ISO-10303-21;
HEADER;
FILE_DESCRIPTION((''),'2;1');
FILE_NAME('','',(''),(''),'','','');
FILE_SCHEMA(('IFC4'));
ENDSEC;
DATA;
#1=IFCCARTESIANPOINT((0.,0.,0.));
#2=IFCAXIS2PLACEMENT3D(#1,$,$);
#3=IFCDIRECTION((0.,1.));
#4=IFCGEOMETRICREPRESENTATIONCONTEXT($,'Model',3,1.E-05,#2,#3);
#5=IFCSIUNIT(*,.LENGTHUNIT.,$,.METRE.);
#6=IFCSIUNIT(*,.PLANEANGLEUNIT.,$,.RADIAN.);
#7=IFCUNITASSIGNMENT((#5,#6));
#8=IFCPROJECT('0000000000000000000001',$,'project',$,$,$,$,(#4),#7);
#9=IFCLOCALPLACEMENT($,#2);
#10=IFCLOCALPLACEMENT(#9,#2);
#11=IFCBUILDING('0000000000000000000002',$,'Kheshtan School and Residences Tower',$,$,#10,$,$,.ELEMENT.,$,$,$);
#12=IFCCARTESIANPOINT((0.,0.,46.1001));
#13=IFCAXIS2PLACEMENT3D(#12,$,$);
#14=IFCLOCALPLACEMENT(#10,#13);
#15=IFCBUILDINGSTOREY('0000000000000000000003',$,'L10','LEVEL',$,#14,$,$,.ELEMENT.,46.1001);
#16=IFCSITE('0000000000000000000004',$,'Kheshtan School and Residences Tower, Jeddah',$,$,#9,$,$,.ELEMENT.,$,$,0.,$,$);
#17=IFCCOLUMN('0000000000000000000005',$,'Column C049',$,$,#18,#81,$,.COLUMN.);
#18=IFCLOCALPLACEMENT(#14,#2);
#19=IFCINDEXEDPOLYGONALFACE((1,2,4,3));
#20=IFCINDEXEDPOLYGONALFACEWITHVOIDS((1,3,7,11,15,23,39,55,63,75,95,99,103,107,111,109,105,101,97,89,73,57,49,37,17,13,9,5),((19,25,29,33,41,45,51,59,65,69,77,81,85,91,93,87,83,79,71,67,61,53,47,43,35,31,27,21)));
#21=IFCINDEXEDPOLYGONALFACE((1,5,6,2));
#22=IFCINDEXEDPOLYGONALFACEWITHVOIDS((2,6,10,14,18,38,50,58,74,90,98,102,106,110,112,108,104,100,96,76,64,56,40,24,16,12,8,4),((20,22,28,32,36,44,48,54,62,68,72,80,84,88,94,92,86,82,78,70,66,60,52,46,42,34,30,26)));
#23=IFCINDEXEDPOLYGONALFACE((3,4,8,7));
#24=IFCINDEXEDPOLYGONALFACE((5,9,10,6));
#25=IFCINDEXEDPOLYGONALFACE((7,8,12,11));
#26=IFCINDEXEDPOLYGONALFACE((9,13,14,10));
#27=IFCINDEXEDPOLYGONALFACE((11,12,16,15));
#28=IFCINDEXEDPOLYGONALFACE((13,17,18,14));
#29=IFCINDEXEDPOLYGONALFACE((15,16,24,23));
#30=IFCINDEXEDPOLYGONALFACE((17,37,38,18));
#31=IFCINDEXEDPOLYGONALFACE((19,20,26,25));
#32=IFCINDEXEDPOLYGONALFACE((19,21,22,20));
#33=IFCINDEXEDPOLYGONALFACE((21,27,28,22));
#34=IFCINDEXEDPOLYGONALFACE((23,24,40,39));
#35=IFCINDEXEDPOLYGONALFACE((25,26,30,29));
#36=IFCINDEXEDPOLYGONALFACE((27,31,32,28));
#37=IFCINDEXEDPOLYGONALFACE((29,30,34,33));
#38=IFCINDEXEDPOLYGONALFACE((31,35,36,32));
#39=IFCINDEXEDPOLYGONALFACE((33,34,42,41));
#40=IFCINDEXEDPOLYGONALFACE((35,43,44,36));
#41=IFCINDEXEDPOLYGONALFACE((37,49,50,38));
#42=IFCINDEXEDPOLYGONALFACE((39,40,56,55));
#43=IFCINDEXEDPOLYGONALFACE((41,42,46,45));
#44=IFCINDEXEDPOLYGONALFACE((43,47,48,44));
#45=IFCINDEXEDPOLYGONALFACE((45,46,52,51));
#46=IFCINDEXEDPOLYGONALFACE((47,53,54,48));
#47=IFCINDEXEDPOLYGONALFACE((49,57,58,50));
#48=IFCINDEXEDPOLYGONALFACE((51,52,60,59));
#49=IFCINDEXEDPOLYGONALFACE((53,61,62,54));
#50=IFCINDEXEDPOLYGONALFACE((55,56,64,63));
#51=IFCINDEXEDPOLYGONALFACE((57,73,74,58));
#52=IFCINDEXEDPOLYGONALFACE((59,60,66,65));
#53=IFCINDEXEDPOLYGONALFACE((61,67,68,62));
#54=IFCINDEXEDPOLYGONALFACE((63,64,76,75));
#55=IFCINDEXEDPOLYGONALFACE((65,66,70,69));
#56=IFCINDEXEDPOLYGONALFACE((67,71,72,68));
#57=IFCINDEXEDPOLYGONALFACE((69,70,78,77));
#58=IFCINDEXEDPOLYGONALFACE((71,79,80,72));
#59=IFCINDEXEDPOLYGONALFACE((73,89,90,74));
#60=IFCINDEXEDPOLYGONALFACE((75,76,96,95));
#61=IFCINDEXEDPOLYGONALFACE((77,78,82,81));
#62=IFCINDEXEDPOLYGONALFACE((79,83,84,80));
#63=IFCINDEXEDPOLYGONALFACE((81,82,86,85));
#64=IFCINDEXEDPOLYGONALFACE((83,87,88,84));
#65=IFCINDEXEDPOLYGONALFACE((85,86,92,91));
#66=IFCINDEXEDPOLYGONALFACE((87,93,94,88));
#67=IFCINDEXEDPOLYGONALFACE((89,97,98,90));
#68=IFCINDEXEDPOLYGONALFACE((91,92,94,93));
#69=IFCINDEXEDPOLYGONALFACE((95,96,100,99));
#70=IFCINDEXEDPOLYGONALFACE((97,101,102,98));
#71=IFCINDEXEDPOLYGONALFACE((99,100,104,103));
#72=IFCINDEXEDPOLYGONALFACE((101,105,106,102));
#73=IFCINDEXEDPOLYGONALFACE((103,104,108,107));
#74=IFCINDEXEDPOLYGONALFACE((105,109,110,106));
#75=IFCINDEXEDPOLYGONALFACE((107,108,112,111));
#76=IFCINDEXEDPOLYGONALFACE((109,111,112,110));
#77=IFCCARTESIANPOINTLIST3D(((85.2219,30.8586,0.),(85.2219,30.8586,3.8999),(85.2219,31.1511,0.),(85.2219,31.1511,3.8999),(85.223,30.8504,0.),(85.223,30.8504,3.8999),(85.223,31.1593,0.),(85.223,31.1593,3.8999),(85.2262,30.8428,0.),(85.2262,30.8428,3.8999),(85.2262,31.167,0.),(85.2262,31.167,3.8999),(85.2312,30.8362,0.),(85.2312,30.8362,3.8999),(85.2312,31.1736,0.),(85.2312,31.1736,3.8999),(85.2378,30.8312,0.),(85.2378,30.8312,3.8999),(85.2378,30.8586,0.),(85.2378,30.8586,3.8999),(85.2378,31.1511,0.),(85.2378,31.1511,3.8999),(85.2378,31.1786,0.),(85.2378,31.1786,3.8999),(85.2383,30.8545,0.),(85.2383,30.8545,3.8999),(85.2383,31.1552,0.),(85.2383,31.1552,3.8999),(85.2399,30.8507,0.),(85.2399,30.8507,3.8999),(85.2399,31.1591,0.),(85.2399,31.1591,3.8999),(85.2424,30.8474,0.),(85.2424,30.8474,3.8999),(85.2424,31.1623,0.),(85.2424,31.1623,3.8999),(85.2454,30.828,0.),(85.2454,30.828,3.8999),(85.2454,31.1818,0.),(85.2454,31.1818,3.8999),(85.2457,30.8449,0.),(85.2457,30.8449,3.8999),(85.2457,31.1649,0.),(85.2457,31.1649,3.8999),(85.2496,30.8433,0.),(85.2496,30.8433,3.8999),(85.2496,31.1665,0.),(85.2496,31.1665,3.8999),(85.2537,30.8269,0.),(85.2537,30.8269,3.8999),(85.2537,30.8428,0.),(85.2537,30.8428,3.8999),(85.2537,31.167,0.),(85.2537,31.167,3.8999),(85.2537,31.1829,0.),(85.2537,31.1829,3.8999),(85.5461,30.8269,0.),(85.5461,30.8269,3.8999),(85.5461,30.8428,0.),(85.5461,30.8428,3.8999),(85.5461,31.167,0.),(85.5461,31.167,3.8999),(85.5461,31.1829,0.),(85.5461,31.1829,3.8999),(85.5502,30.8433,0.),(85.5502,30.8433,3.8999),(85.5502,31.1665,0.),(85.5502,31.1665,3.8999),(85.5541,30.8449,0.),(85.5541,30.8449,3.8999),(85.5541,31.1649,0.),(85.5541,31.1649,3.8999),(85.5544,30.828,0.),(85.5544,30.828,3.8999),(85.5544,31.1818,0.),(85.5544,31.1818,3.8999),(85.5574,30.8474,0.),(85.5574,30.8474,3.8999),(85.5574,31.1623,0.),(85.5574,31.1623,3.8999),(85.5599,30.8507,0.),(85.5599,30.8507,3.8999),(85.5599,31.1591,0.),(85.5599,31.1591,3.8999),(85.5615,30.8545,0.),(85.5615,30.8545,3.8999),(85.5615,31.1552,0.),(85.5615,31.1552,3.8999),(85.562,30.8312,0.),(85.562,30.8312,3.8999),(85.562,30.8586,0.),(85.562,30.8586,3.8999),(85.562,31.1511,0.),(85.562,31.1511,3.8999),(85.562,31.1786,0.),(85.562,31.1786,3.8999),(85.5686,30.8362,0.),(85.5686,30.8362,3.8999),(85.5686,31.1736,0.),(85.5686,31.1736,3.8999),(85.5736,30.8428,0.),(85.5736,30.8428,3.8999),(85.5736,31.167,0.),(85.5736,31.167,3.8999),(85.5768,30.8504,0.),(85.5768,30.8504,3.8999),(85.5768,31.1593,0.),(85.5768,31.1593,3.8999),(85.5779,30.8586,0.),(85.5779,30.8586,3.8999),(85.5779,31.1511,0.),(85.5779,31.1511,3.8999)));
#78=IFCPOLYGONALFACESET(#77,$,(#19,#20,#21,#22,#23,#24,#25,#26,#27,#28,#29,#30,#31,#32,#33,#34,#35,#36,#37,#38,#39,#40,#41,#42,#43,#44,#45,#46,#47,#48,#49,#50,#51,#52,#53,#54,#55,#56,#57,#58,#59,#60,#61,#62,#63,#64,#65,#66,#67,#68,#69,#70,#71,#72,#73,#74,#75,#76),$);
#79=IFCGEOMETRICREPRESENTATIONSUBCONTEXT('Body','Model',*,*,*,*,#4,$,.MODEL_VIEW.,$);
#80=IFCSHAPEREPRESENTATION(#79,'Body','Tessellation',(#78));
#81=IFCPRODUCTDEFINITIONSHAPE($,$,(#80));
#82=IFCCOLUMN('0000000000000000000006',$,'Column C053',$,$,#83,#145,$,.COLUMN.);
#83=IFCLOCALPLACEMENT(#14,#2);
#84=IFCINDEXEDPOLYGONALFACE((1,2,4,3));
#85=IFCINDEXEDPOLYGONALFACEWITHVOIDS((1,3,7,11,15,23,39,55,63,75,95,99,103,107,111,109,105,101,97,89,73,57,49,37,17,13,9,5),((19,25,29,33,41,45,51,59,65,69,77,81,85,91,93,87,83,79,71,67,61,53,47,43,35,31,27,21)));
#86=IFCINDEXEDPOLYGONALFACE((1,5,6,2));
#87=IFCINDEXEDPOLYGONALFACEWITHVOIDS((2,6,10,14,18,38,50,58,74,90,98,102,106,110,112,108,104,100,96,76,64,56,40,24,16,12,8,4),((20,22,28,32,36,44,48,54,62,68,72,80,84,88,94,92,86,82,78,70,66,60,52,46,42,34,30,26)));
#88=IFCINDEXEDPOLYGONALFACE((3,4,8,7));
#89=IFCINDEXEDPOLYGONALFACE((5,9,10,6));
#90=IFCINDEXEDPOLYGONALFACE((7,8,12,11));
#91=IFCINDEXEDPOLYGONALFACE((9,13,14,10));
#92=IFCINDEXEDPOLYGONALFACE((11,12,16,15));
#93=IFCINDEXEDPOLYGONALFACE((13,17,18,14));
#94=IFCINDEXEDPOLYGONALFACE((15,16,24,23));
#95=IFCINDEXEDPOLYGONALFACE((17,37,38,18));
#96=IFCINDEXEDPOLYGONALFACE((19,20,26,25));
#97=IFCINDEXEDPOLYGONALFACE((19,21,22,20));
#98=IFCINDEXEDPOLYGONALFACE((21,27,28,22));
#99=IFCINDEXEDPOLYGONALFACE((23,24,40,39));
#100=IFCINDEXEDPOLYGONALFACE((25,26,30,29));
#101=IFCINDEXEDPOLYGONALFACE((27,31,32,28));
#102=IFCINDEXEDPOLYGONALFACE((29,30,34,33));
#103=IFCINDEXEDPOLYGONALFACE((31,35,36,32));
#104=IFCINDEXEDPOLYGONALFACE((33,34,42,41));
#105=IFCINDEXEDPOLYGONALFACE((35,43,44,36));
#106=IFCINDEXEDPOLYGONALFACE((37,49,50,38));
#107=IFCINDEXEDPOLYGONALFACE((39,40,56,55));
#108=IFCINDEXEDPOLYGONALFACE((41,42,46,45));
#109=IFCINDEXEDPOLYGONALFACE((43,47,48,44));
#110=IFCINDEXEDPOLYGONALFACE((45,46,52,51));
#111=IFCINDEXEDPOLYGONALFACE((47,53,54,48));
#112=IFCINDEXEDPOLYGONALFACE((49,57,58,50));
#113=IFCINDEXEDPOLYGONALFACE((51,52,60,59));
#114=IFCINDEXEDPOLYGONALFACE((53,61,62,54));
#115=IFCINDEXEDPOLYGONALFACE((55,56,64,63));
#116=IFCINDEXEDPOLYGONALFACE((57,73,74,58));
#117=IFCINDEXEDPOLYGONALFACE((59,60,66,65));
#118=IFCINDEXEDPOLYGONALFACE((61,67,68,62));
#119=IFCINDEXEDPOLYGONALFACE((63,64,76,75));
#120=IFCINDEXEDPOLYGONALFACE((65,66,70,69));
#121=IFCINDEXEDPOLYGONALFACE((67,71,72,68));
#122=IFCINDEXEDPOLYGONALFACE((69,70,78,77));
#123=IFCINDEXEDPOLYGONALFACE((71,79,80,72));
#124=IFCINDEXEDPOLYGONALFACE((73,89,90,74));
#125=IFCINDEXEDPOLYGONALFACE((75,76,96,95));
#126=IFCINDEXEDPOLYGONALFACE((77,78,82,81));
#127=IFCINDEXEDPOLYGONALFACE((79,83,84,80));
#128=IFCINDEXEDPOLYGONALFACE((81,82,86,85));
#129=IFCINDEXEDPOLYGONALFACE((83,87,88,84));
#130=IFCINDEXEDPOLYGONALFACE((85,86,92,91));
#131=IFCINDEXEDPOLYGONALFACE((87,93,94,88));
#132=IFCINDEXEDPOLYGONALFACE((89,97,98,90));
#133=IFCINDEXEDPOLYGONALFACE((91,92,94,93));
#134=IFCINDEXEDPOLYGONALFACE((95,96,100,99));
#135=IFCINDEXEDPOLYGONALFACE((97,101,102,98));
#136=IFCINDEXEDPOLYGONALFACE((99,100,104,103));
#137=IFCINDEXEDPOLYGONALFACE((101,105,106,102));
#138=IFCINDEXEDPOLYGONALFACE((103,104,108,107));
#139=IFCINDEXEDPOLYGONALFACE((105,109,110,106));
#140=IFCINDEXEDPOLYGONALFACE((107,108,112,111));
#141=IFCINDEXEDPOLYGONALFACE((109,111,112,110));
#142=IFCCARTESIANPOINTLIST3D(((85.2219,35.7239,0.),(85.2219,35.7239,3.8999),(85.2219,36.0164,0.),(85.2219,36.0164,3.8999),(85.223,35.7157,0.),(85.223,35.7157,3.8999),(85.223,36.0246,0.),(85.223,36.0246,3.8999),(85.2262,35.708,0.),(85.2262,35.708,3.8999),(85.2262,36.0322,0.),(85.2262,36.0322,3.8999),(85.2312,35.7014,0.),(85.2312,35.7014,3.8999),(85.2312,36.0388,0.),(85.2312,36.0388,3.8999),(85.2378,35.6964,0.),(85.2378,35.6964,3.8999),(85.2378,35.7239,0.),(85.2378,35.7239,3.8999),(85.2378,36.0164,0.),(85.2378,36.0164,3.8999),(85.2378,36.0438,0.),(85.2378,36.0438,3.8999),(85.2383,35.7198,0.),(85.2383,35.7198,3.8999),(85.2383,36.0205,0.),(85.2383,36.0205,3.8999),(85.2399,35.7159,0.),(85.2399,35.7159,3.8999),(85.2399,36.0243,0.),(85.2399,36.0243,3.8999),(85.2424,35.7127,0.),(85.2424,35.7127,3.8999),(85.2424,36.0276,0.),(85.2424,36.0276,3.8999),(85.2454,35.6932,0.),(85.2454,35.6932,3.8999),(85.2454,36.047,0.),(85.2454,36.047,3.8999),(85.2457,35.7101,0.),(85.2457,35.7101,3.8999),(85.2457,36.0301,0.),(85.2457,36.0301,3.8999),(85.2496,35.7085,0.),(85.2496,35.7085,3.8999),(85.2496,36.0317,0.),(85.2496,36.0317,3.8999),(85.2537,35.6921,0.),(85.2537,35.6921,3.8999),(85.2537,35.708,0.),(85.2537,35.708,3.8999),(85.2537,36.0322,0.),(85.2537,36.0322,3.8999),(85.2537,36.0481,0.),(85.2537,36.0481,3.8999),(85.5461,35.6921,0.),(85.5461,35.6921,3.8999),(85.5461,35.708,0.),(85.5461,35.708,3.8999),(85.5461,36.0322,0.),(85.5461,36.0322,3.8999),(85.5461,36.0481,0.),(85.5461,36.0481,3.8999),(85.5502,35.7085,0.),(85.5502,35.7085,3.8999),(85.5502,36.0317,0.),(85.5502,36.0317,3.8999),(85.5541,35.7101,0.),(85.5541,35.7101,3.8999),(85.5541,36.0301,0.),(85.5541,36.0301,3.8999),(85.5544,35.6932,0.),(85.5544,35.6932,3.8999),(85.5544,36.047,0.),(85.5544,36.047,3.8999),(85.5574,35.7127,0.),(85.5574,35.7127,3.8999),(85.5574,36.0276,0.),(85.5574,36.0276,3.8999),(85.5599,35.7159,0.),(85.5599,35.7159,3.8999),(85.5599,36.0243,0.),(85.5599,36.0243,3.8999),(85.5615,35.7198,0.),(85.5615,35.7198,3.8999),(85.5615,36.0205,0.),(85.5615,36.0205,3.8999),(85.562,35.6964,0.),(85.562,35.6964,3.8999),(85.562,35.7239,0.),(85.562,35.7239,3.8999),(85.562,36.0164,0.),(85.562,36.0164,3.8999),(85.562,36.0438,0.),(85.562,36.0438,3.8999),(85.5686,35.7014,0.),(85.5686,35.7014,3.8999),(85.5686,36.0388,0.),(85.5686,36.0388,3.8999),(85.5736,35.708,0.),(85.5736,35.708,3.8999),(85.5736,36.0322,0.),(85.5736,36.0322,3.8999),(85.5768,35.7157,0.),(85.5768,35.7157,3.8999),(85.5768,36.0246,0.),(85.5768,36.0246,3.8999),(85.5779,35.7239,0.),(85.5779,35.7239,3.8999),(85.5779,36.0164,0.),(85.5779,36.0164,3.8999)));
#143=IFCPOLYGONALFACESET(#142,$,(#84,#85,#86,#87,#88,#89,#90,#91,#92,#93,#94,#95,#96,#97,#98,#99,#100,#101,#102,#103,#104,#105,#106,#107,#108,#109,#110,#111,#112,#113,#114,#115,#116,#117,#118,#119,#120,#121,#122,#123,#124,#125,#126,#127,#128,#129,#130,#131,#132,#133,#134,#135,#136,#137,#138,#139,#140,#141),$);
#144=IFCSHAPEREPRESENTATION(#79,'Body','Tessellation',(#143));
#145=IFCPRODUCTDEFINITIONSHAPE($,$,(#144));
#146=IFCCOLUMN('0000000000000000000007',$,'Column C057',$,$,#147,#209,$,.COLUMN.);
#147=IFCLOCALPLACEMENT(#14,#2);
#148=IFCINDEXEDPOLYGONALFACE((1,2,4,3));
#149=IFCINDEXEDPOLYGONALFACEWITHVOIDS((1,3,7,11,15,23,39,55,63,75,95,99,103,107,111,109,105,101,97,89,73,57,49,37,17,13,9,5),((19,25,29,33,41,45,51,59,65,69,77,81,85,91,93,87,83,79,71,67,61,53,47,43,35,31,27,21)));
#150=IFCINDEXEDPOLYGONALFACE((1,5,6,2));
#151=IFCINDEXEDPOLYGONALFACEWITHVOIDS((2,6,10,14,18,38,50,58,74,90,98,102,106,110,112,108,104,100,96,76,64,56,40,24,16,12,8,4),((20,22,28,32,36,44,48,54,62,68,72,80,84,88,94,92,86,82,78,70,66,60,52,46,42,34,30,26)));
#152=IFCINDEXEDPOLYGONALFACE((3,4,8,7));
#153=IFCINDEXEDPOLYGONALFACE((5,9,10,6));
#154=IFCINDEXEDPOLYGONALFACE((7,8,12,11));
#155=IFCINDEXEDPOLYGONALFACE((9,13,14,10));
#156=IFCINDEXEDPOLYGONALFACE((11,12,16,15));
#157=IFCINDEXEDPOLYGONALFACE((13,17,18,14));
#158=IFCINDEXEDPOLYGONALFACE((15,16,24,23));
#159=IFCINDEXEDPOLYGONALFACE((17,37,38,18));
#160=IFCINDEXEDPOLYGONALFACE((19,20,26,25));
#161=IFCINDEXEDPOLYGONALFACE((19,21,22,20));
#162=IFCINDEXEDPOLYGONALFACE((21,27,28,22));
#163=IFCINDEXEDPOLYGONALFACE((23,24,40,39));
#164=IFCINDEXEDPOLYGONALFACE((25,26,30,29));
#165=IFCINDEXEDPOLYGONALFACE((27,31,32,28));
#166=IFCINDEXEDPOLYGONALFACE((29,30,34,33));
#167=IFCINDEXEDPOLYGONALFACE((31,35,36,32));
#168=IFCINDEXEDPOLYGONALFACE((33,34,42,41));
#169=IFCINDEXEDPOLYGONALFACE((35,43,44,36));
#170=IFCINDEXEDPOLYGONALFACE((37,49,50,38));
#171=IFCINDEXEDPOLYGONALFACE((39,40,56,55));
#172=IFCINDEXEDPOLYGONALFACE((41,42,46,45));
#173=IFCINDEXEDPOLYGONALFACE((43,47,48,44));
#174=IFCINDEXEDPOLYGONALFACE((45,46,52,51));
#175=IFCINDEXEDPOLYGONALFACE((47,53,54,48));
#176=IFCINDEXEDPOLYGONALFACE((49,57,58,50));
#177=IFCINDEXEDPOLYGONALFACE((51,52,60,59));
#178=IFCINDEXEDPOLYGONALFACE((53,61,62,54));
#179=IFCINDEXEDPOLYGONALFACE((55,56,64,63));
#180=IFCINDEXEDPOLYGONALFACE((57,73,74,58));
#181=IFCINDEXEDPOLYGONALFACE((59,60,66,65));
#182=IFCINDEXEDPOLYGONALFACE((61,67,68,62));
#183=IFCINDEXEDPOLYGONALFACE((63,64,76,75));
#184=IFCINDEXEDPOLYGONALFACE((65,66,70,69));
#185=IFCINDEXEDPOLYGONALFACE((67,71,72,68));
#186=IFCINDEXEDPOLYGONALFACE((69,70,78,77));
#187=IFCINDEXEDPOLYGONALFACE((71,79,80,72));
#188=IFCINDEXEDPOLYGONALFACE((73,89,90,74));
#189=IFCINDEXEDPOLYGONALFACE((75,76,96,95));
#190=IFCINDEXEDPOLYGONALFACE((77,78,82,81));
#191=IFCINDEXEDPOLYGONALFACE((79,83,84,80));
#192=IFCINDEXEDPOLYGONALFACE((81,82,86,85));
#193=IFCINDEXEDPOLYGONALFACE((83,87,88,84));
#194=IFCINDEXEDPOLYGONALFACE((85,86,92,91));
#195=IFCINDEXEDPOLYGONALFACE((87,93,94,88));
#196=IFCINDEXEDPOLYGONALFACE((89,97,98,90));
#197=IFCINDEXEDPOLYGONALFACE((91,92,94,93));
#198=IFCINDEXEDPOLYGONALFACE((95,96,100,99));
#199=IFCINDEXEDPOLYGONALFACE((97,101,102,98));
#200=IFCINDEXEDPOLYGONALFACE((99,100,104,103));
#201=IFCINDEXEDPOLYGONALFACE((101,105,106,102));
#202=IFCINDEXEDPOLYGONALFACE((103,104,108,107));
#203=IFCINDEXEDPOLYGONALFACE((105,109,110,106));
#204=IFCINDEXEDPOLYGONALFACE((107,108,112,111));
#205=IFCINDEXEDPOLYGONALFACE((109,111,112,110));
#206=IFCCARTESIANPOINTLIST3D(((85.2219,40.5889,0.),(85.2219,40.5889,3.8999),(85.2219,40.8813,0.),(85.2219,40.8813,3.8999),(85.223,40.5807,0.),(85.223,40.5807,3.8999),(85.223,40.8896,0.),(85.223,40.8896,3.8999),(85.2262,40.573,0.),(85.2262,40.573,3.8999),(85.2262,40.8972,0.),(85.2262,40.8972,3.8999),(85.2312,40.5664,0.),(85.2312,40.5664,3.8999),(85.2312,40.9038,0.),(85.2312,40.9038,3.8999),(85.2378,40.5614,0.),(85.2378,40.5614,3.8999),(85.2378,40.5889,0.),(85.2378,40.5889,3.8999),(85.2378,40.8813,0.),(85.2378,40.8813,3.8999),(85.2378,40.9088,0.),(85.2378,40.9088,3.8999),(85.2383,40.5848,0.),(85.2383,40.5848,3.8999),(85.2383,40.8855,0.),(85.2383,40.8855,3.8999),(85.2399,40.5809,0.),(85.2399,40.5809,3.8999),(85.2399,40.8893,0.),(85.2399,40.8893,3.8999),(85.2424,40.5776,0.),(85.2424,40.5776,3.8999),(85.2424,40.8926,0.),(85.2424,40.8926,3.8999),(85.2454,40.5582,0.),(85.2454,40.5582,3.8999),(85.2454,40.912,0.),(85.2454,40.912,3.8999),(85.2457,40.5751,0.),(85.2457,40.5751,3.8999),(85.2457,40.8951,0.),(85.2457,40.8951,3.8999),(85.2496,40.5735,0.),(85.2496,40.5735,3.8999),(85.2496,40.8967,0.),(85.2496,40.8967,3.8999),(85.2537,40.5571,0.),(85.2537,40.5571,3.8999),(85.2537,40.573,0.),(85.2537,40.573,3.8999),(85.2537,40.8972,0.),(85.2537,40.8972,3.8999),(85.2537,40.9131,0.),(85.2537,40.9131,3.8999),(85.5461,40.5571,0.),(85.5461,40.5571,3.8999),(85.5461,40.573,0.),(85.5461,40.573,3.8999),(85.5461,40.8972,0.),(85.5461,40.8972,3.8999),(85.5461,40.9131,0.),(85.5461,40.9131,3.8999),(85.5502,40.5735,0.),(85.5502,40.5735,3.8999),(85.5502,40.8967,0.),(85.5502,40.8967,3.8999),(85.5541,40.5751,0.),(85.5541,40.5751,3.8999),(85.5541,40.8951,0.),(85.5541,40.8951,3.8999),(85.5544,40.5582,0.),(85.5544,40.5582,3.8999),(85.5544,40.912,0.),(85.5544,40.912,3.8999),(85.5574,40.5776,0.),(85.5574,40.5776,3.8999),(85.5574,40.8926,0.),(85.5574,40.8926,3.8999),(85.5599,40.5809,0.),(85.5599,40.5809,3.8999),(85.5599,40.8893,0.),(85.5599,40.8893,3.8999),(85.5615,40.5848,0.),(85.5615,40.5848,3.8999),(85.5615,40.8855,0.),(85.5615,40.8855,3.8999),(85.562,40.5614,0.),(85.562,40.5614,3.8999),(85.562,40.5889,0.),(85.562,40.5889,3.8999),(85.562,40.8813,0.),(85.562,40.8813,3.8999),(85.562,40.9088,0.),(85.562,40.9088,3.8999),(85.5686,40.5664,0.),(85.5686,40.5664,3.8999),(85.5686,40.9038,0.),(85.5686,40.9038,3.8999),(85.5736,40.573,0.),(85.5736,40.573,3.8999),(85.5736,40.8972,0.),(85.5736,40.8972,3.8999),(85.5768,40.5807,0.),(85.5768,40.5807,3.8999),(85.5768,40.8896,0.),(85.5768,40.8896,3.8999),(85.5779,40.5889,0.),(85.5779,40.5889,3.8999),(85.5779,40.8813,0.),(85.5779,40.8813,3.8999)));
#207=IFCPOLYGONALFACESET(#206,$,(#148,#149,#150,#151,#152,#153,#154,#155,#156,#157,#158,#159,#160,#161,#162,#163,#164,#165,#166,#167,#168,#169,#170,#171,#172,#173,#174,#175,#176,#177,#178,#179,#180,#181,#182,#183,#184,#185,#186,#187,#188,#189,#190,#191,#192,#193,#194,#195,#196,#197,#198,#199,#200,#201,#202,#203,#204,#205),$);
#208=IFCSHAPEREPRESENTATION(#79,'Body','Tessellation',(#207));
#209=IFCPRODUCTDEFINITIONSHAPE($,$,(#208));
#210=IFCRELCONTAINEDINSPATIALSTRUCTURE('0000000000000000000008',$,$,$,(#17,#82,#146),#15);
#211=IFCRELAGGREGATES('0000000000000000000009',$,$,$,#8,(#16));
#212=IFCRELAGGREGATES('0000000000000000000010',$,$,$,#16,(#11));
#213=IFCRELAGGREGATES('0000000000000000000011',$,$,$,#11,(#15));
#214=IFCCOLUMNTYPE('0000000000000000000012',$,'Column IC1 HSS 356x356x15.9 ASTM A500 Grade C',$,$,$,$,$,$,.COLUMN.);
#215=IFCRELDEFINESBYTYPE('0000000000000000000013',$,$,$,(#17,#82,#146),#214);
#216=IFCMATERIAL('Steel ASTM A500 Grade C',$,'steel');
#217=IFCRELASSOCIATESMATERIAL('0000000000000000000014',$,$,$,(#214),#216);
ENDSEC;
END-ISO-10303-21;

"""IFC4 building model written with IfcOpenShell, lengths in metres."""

from ifc_helpers import new_model, si_unit, direction, frame, origin, origin_2d, place, context, subcontext, project, spatial, hollow_rectangle, extrude, material, material_profile, profile_set, type_object, element, save


model = new_model("IFC4")

# Units and contexts
model_context = context("Model", 3, precision=1e-05, world=origin(), true_north=direction((0.0, 1.0)))
body_context = subcontext(model_context, "Body", "Model", "MODEL_VIEW")
ifc_project = project(units=[si_unit("LENGTHUNIT", "METRE"), si_unit("PLANEANGLEUNIT", "RADIAN")], contexts=[model_context])

# Site, building, storey
site_placement = place(None, origin())
site = spatial("IfcSite", under=ifc_project, at=site_placement, Name="Kheshtan School and Residences Tower, Jeddah", CompositionType="ELEMENT", RefElevation=0.0)
building_placement = place(site_placement, origin())
building = spatial("IfcBuilding", under=site, at=building_placement, Name="Kheshtan School and Residences Tower", CompositionType="ELEMENT")
storey_placement = place(building_placement, frame((0.0, 0.0, 46.1001)))
storey = spatial("IfcBuildingStorey", under=building, at=storey_placement, Name="L10", Description="LEVEL", CompositionType="ELEMENT", Elevation=46.1001)

# Columns
ifc_material_1 = material(Name="Steel ASTM A500 Grade C", Category="steel")
ifc_material_profile_1 = material_profile(ifc_material_1, hollow_rectangle(XDim=0.356, YDim=0.356, WallThickness=0.0159, InnerFilletRadius=0.0159, OuterFilletRadius=0.0317, at=origin_2d()), Name="HSS 356x356x15.9")
ifc_profile_set_1 = profile_set([ifc_material_profile_1], Name="Steel ASTM A500 Grade C")
column_type = type_object("IfcColumnType", Name="Column IC1 HSS 356x356x15.9 ASTM A500 Grade C", PredefinedType="COLUMN", material=ifc_profile_set_1)
for number, where, z_axis, x_axis, name in (
    (1, (85.3999, 31.0049, 0.0), (0.0, 0.0, 1.0), (1.0, 0.0, 0.0), "Column C049"),
    (2, (85.3999, 35.8701, 0.0), (0.0, 0.0, 1.0), (1.0, 0.0, 0.0), "Column C053"),
    (3, (85.3999, 40.7351, 0.0), (0.0, 0.0, 1.0), (1.0, 0.0, 0.0), "Column C057"),
):
    element("IfcColumn", number, at=place(storey_placement, frame(where, z_axis=z_axis, x_axis=x_axis)), inside=storey, type_object=column_type, Name=name, PredefinedType="COLUMN", context=body_context, shape_type="SweptSolid", body=[
        extrude(hollow_rectangle(XDim=0.356, YDim=0.356, WallThickness=0.0159, InnerFilletRadius=0.0159, OuterFilletRadius=0.0317, at=origin_2d()), origin(), (0.0, 0.0, 1.0), 3.8999),
    ])

save(model, "model.ifc")
